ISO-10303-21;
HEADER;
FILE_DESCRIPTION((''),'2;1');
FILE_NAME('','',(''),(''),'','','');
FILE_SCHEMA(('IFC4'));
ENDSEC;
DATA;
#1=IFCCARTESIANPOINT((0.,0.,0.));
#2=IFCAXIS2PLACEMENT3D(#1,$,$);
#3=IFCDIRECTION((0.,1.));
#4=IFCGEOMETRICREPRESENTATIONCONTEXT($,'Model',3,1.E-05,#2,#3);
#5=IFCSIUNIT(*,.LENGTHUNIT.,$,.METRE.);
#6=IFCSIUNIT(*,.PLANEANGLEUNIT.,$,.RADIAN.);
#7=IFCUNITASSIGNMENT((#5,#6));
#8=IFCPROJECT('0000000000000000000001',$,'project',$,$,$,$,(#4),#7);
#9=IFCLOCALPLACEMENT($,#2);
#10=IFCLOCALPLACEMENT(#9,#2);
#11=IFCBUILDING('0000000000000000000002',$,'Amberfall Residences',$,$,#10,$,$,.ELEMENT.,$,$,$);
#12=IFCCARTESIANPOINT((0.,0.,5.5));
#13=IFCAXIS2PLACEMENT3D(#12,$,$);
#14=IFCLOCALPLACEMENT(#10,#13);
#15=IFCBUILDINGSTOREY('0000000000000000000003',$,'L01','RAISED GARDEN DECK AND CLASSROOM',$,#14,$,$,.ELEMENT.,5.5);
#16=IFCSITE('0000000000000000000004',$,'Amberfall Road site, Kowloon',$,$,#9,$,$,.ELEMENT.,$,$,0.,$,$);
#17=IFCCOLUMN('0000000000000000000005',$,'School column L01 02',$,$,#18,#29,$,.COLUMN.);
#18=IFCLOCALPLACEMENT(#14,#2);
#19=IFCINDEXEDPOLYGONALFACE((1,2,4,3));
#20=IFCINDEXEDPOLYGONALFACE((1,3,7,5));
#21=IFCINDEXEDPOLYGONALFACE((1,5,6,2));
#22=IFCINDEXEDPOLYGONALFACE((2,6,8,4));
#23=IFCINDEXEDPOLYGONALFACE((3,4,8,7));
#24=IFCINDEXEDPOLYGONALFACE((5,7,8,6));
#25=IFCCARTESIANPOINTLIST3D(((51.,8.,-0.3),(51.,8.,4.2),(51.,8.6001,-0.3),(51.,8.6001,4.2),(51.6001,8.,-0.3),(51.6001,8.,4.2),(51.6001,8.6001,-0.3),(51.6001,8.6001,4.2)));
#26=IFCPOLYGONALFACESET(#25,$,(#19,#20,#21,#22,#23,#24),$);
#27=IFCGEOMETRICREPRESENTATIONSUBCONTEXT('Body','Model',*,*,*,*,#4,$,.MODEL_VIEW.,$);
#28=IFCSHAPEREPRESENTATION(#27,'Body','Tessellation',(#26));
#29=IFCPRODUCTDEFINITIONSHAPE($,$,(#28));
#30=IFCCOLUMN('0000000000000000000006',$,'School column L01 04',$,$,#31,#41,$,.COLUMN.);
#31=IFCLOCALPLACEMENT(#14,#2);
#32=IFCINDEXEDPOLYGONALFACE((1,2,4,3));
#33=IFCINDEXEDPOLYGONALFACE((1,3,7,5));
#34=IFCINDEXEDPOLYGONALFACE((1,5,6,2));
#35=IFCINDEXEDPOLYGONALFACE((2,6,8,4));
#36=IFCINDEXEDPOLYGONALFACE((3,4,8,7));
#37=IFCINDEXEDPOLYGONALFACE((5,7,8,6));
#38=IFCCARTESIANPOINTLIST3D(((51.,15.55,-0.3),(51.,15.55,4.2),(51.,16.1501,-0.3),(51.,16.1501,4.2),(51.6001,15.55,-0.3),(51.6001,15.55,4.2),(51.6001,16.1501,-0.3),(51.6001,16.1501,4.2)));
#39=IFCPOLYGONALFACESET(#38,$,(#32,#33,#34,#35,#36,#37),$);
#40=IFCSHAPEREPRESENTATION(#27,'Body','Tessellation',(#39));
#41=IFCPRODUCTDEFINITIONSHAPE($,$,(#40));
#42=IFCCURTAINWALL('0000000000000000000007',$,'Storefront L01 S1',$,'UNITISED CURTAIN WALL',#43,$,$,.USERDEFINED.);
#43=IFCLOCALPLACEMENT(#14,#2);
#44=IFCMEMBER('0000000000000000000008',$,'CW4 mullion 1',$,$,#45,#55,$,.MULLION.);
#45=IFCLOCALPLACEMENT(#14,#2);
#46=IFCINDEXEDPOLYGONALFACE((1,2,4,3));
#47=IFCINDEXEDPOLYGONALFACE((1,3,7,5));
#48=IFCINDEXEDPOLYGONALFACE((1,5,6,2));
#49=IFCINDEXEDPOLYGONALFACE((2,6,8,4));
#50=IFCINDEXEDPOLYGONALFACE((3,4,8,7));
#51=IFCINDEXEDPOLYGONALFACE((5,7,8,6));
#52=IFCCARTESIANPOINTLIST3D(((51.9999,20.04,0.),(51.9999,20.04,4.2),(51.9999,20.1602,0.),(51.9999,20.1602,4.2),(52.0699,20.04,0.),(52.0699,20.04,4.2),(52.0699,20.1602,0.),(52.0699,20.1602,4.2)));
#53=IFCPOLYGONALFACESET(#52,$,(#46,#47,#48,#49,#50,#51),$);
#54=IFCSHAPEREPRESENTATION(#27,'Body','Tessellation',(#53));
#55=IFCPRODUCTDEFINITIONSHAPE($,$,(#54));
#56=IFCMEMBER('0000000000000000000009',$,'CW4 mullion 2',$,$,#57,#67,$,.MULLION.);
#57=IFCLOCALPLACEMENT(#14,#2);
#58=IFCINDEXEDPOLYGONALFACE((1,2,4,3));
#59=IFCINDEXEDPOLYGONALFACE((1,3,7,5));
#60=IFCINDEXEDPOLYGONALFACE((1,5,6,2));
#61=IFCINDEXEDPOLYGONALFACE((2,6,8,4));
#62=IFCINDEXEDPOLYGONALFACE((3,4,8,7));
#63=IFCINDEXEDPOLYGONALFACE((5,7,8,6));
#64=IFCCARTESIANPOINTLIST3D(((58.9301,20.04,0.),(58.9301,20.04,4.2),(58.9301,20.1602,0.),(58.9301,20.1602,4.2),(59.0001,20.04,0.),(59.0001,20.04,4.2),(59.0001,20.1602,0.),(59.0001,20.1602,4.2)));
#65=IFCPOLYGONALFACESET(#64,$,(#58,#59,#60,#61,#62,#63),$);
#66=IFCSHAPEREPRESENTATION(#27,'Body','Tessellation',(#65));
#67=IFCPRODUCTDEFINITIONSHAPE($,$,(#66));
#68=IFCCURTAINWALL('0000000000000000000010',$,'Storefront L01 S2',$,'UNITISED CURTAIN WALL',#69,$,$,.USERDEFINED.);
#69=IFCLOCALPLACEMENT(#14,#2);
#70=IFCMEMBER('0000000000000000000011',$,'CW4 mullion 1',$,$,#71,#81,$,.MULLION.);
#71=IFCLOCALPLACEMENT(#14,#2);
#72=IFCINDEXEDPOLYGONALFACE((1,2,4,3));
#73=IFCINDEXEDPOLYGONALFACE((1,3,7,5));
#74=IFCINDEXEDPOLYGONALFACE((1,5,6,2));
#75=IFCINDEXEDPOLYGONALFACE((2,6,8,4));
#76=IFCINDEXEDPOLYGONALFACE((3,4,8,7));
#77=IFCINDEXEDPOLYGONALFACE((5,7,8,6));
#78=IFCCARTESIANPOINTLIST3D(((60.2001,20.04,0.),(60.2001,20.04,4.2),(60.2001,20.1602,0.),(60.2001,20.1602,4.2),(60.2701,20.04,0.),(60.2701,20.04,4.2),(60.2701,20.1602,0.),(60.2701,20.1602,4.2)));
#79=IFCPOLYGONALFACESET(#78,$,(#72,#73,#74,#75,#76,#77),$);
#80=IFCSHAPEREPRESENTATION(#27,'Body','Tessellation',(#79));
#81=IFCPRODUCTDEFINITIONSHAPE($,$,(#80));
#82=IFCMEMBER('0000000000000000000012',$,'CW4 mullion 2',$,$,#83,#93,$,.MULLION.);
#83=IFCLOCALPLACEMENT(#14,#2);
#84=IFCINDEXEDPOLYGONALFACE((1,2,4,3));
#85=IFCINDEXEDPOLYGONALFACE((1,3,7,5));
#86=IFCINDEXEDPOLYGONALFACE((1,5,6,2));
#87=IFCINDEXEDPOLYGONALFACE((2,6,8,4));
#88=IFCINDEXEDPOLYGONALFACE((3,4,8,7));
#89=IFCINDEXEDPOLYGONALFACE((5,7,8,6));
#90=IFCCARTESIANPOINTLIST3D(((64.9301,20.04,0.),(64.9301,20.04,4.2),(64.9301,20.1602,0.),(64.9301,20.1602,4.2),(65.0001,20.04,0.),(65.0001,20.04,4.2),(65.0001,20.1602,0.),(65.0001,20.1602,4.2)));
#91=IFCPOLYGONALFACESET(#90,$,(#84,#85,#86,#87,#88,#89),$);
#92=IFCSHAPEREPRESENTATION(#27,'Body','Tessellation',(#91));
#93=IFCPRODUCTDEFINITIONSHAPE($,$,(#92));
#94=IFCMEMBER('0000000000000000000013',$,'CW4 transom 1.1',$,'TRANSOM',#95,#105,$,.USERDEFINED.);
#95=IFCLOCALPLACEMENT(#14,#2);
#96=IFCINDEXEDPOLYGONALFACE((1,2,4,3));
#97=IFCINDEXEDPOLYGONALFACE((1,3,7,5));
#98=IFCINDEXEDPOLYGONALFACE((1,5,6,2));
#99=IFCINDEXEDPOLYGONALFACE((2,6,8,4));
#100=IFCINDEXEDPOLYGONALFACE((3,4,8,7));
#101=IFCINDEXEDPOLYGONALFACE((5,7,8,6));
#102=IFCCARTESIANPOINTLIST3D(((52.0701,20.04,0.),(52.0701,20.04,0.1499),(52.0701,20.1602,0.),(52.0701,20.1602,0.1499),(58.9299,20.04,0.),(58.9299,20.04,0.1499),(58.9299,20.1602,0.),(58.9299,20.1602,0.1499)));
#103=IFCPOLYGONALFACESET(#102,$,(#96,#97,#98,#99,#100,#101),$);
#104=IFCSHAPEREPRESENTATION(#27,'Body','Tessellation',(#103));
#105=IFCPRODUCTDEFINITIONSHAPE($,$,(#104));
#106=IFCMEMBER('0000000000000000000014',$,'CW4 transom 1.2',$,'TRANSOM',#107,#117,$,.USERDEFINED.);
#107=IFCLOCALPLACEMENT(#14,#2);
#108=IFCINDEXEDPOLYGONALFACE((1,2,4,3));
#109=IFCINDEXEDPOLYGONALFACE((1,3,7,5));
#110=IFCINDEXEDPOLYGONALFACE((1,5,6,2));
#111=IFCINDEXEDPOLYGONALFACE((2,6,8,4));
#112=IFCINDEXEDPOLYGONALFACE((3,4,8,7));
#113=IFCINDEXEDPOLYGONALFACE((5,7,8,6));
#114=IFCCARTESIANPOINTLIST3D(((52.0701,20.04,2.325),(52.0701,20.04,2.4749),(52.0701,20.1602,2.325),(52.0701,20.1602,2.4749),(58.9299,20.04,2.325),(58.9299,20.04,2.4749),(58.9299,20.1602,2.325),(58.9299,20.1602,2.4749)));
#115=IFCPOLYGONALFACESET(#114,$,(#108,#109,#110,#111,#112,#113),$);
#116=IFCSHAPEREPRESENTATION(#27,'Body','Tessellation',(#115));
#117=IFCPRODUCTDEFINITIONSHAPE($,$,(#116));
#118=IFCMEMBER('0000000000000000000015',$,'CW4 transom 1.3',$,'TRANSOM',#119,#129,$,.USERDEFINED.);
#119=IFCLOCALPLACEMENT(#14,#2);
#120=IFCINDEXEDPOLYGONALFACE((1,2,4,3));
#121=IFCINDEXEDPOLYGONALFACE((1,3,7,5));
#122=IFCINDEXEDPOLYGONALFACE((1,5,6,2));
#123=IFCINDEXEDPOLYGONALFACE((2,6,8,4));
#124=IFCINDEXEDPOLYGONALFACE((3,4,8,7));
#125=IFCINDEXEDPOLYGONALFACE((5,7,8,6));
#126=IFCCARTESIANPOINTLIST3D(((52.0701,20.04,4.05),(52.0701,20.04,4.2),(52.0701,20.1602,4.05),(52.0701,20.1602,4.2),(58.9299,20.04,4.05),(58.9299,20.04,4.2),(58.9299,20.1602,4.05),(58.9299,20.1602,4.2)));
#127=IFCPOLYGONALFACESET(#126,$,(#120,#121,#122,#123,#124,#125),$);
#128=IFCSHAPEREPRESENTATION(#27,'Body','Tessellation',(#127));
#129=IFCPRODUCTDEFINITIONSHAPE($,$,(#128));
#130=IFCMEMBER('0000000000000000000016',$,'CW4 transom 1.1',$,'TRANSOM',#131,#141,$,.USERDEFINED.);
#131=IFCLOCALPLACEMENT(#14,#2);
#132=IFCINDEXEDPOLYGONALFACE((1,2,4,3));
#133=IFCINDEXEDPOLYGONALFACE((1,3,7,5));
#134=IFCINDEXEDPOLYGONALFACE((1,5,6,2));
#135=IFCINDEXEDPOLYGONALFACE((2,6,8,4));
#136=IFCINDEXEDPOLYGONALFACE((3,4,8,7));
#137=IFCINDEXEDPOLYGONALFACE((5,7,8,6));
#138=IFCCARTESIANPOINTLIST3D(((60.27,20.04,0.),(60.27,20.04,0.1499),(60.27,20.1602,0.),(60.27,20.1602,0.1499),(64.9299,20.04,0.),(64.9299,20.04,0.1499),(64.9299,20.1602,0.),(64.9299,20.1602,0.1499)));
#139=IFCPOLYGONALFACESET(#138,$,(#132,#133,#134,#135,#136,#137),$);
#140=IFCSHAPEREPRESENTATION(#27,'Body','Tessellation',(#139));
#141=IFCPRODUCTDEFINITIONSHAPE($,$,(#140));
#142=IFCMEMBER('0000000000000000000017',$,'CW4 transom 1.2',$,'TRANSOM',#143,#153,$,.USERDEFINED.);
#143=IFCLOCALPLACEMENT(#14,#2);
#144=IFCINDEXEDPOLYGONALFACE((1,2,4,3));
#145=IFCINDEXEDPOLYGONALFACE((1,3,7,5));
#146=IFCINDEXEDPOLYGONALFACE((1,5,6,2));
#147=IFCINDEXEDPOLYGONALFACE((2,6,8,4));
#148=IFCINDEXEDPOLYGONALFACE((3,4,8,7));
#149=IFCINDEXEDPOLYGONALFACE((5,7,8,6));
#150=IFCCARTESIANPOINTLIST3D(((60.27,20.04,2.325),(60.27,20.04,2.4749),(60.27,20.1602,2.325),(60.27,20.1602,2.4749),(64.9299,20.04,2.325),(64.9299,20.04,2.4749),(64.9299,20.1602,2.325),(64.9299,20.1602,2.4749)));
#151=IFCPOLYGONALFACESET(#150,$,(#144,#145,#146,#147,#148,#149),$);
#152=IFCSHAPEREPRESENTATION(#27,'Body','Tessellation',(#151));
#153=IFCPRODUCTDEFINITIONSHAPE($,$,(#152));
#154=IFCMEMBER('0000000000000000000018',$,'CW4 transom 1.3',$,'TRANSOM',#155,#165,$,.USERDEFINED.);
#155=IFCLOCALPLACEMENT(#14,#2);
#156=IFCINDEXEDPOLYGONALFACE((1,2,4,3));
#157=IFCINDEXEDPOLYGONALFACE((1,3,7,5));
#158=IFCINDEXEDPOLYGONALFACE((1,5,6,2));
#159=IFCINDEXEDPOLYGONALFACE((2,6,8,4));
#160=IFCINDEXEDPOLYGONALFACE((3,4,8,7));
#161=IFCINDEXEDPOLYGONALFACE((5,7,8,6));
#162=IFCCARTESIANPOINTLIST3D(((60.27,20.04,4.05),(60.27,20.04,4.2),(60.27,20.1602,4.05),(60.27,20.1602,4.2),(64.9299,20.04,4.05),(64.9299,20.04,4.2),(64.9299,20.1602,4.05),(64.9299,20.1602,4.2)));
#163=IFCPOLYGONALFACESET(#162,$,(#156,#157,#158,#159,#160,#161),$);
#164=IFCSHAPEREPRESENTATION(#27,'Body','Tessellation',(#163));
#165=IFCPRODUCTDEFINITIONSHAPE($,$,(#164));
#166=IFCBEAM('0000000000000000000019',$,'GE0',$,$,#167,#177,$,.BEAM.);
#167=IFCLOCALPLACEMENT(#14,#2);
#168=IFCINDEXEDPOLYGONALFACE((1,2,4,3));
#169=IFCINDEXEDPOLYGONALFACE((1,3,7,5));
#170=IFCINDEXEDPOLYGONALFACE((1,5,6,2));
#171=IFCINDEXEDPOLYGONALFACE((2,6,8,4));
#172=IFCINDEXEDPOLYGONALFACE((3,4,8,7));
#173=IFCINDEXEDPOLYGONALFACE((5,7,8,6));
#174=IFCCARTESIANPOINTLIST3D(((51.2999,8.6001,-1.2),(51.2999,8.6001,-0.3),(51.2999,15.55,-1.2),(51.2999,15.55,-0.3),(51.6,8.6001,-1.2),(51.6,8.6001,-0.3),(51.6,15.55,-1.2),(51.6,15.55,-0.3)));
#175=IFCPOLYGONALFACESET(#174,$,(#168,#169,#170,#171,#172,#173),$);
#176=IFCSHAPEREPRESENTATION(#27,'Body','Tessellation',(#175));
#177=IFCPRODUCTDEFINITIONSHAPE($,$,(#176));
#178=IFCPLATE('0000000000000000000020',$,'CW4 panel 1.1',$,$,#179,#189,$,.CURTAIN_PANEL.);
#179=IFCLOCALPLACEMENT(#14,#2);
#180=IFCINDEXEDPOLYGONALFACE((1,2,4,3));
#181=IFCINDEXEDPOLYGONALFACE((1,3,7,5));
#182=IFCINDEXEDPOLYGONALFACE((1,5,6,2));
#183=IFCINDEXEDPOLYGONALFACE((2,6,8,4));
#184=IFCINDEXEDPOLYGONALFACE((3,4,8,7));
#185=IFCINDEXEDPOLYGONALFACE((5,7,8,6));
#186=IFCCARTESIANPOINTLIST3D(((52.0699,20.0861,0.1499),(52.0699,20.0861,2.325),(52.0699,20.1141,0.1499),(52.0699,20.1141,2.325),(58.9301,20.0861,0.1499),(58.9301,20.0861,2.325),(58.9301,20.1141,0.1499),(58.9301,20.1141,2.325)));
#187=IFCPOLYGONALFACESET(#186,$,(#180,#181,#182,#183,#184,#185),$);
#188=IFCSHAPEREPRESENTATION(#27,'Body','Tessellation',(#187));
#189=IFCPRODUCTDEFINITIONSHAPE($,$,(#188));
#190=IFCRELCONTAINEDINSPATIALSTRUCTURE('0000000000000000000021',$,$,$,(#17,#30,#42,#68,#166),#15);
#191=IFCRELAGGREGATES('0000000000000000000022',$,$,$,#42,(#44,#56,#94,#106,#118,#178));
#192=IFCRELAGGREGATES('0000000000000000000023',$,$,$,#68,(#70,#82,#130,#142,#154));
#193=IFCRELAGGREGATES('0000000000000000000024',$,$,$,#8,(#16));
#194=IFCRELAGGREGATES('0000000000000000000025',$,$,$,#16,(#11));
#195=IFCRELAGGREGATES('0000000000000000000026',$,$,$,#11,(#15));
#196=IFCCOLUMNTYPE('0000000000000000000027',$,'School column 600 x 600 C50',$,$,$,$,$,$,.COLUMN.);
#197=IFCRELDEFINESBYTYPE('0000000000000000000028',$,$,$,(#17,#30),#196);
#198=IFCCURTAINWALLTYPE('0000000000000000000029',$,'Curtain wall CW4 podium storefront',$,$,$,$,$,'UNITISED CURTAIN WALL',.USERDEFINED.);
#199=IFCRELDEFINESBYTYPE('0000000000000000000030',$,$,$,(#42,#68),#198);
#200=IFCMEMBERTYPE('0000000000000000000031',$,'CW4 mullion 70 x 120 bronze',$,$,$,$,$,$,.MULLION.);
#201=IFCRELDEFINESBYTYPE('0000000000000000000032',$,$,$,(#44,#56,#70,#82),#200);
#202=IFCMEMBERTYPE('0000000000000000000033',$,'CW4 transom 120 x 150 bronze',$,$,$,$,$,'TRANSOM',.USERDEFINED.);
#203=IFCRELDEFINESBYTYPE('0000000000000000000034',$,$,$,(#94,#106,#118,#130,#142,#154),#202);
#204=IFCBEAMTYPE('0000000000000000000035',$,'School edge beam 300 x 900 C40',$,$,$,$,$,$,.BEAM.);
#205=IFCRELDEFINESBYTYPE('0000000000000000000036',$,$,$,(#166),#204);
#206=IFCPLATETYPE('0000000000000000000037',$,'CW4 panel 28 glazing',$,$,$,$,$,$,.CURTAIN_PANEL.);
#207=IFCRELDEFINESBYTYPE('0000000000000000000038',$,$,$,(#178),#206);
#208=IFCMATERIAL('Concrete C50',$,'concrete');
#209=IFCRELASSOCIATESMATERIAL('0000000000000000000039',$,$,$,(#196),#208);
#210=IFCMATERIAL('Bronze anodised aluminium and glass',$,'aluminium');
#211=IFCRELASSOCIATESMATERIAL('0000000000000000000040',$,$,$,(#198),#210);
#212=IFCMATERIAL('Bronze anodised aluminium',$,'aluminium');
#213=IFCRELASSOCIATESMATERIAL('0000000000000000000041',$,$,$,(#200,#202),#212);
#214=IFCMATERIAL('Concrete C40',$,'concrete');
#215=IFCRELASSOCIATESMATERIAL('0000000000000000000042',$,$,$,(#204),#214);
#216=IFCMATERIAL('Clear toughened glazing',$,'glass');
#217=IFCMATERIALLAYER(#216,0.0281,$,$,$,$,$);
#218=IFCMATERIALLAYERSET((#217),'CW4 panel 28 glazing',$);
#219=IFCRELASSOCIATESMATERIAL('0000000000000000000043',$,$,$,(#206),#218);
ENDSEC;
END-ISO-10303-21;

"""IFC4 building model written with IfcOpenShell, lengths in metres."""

from ifc_helpers import new_model, si_unit, direction, frame, origin, origin_2d, place, context, subcontext, project, spatial, rectangle, extrude, material, layer, layer_set, material_profile, profile_set, type_object, element, aggregate, save


model = new_model("IFC4")

# Units and contexts
model_context = context("Model", 3, precision=1e-05, world=origin(), true_north=direction((0.0, 1.0)))
body_context = subcontext(model_context, "Body", "Model", "MODEL_VIEW")
ifc_project = project(units=[si_unit("LENGTHUNIT", "METRE"), si_unit("PLANEANGLEUNIT", "RADIAN")], contexts=[model_context])

# Site, building, storey
site_placement = place(None, origin())
site = spatial("IfcSite", under=ifc_project, at=site_placement, Name="Amberfall Road site, Kowloon", CompositionType="ELEMENT", RefElevation=0.0)
building_placement = place(site_placement, origin())
building = spatial("IfcBuilding", under=site, at=building_placement, Name="Amberfall Residences", CompositionType="ELEMENT")
storey_placement = place(building_placement, frame((0.0, 0.0, 5.5)))
storey = spatial("IfcBuildingStorey", under=building, at=storey_placement, Name="L01", Description="RAISED GARDEN DECK AND CLASSROOM", CompositionType="ELEMENT", Elevation=5.5)

# Columns
ifc_material_1 = material(Name="Concrete C50", Category="concrete")
ifc_material_profile_1 = material_profile(ifc_material_1, rectangle(XDim=0.6001, YDim=0.6001, at=origin_2d()), Name="School column 600 x 600 C50")
ifc_profile_set_1 = profile_set([ifc_material_profile_1], Name="Concrete C50")
column_type = type_object("IfcColumnType", Name="School column 600 x 600 C50", PredefinedType="COLUMN", material=ifc_profile_set_1)
for number, where, z_axis, x_axis, name in (
    (1, (51.3, 8.3, -0.3), (0.0, 0.0, 1.0), (1.0, 0.0, 0.0), "School column L01 02"),
    (2, (51.3, 15.8501, -0.3), (0.0, 0.0, 1.0), (1.0, 0.0, 0.0), "School column L01 04"),
):
    element("IfcColumn", number, at=place(storey_placement, frame(where, z_axis=z_axis, x_axis=x_axis)), inside=storey, type_object=column_type, Name=name, PredefinedType="COLUMN", context=body_context, shape_type="SweptSolid", body=[
        extrude(rectangle(XDim=0.6001, YDim=0.6001, at=origin_2d()), origin(), (0.0, 0.0, 1.0), 4.5),
    ])

# Curtain walls, members
ifc_material_2 = material(Name="Bronze anodised aluminium and glass", Category="aluminium")
curtain_wall_type = type_object("IfcCurtainWallType", Name="Curtain wall CW4 podium storefront", ElementType="UNITISED CURTAIN WALL", PredefinedType="USERDEFINED", material=ifc_material_2)
curtain_wall_1_placement = place(storey_placement, origin())
curtain_wall_1 = element("IfcCurtainWall", 3, at=curtain_wall_1_placement, inside=storey, type_object=curtain_wall_type, Name="Storefront L01 S1", ObjectType="UNITISED CURTAIN WALL", PredefinedType="USERDEFINED")
ifc_material_3 = material(Name="Bronze anodised aluminium", Category="aluminium")
ifc_material_profile_2 = material_profile(ifc_material_3, rectangle(XDim=0.1201, YDim=0.0701, at=origin_2d()), Name="CW4 mullion 70 x 120 bronze")
ifc_profile_set_2 = profile_set([ifc_material_profile_2], Name="Bronze anodised aluminium")
member_type_1 = type_object("IfcMemberType", Name="CW4 mullion 70 x 120 bronze", PredefinedType="MULLION", material=ifc_profile_set_2)
member_1_placement = place(storey_placement, frame((52.0349, 20.1001, 0.0), z_axis=(0.0, 0.0, 1.0), x_axis=(0.0, 1.0, 0.0)))
member_1 = element("IfcMember", 4, at=member_1_placement, type_object=member_type_1, Name="CW4 mullion 1", PredefinedType="MULLION", context=body_context, shape_type="SweptSolid", body=[
    extrude(rectangle(XDim=0.1201, YDim=0.0701, at=origin_2d()), origin(), (0.0, 0.0, 1.0), 4.2),
])
member_2_placement = place(storey_placement, frame((58.9651, 20.1001, 0.0), z_axis=(0.0, 0.0, 1.0), x_axis=(0.0, 1.0, 0.0)))
member_2 = element("IfcMember", 5, at=member_2_placement, type_object=member_type_1, Name="CW4 mullion 2", PredefinedType="MULLION", context=body_context, shape_type="SweptSolid", body=[
    extrude(rectangle(XDim=0.1201, YDim=0.0701, at=origin_2d()), origin(), (0.0, 0.0, 1.0), 4.2),
])
curtain_wall_2_placement = place(storey_placement, origin())
curtain_wall_2 = element("IfcCurtainWall", 6, at=curtain_wall_2_placement, inside=storey, type_object=curtain_wall_type, Name="Storefront L01 S2", ObjectType="UNITISED CURTAIN WALL", PredefinedType="USERDEFINED")
member_3_placement = place(storey_placement, frame((60.2351, 20.1001, 0.0), z_axis=(0.0, 0.0, 1.0), x_axis=(0.0, 1.0, 0.0)))
member_3 = element("IfcMember", 7, at=member_3_placement, type_object=member_type_1, Name="CW4 mullion 1", PredefinedType="MULLION", context=body_context, shape_type="SweptSolid", body=[
    extrude(rectangle(XDim=0.1201, YDim=0.0701, at=origin_2d()), origin(), (0.0, 0.0, 1.0), 4.2),
])
member_4_placement = place(storey_placement, frame((64.9651, 20.1001, 0.0), z_axis=(0.0, 0.0, 1.0), x_axis=(0.0, 1.0, 0.0)))
member_4 = element("IfcMember", 8, at=member_4_placement, type_object=member_type_1, Name="CW4 mullion 2", PredefinedType="MULLION", context=body_context, shape_type="SweptSolid", body=[
    extrude(rectangle(XDim=0.1201, YDim=0.0701, at=origin_2d()), origin(), (0.0, 0.0, 1.0), 4.2),
])

# Members
ifc_material_profile_3 = material_profile(ifc_material_3, rectangle(XDim=0.1201, YDim=0.1499, at=origin_2d()), Name="CW4 transom 120 x 150 bronze")
ifc_profile_set_3 = profile_set([ifc_material_profile_3], Name="Bronze anodised aluminium")
member_type_2 = type_object("IfcMemberType", Name="CW4 transom 120 x 150 bronze", ElementType="TRANSOM", PredefinedType="USERDEFINED", material=ifc_profile_set_3)
member_5_placement = place(storey_placement, frame((52.0701, 20.1001, 0.075), z_axis=(1.0, 0.0, 0.0), x_axis=(0.0, 1.0, 0.0)))
member_5 = element("IfcMember", 9, at=member_5_placement, type_object=member_type_2, Name="CW4 transom 1.1", ObjectType="TRANSOM", PredefinedType="USERDEFINED", context=body_context, shape_type="SweptSolid", body=[
    extrude(rectangle(XDim=0.1201, YDim=0.1499, at=origin_2d()), origin(), (0.0, 0.0, 1.0), 6.8599),
])
member_6_placement = place(storey_placement, frame((52.0701, 20.1001, 2.3999), z_axis=(1.0, 0.0, 0.0), x_axis=(0.0, 1.0, 0.0)))
member_6 = element("IfcMember", 10, at=member_6_placement, type_object=member_type_2, Name="CW4 transom 1.2", ObjectType="TRANSOM", PredefinedType="USERDEFINED", context=body_context, shape_type="SweptSolid", body=[
    extrude(rectangle(XDim=0.1201, YDim=0.1499, at=origin_2d()), origin(), (0.0, 0.0, 1.0), 6.8599),
])
member_7_placement = place(storey_placement, frame((52.0701, 20.1001, 4.125), z_axis=(1.0, 0.0, 0.0), x_axis=(0.0, 1.0, 0.0)))
member_7 = element("IfcMember", 11, at=member_7_placement, type_object=member_type_2, Name="CW4 transom 1.3", ObjectType="TRANSOM", PredefinedType="USERDEFINED", context=body_context, shape_type="SweptSolid", body=[
    extrude(rectangle(XDim=0.1201, YDim=0.1499, at=origin_2d()), origin(), (0.0, 0.0, 1.0), 6.8599),
])
member_8_placement = place(storey_placement, frame((60.27, 20.1001, 0.075), z_axis=(1.0, 0.0, 0.0), x_axis=(0.0, 1.0, 0.0)))
member_8 = element("IfcMember", 12, at=member_8_placement, type_object=member_type_2, Name="CW4 transom 1.1", ObjectType="TRANSOM", PredefinedType="USERDEFINED", context=body_context, shape_type="SweptSolid", body=[
    extrude(rectangle(XDim=0.1201, YDim=0.1499, at=origin_2d()), origin(), (0.0, 0.0, 1.0), 4.6599),
])
member_9_placement = place(storey_placement, frame((60.27, 20.1001, 2.3999), z_axis=(1.0, 0.0, 0.0), x_axis=(0.0, 1.0, 0.0)))
member_9 = element("IfcMember", 13, at=member_9_placement, type_object=member_type_2, Name="CW4 transom 1.2", ObjectType="TRANSOM", PredefinedType="USERDEFINED", context=body_context, shape_type="SweptSolid", body=[
    extrude(rectangle(XDim=0.1201, YDim=0.1499, at=origin_2d()), origin(), (0.0, 0.0, 1.0), 4.6599),
])
member_10_placement = place(storey_placement, frame((60.27, 20.1001, 4.125), z_axis=(1.0, 0.0, 0.0), x_axis=(0.0, 1.0, 0.0)))
member_10 = element("IfcMember", 14, at=member_10_placement, type_object=member_type_2, Name="CW4 transom 1.3", ObjectType="TRANSOM", PredefinedType="USERDEFINED", context=body_context, shape_type="SweptSolid", body=[
    extrude(rectangle(XDim=0.1201, YDim=0.1499, at=origin_2d()), origin(), (0.0, 0.0, 1.0), 4.6599),
])

# Beam
ifc_material_4 = material(Name="Concrete C40", Category="concrete")
ifc_material_profile_4 = material_profile(ifc_material_4, rectangle(XDim=0.3, YDim=0.8999, at=origin_2d()), Name="School edge beam 300 x 900 C40")
ifc_profile_set_4 = profile_set([ifc_material_profile_4], Name="Concrete C40")
beam_type = type_object("IfcBeamType", Name="School edge beam 300 x 900 C40", PredefinedType="BEAM", material=ifc_profile_set_4)
beam_placement = place(storey_placement, frame((51.45, 8.6001, -0.75), z_axis=(0.0, 1.0, 0.0), x_axis=(-1.0, 0.0, 0.0)))
element("IfcBeam", 15, at=beam_placement, inside=storey, type_object=beam_type, Name="GE0", PredefinedType="BEAM", context=body_context, shape_type="SweptSolid", body=[
    extrude(rectangle(XDim=0.3, YDim=0.8999, at=origin_2d()), origin(), (0.0, 0.0, 1.0), 6.95),
])

# Plate
ifc_material_5 = material(Name="Clear toughened glazing", Category="glass")
ifc_layer_1 = layer(ifc_material_5, 0.0281)
ifc_layer_set_1 = layer_set([ifc_layer_1], Name="CW4 panel 28 glazing")
plate_type = type_object("IfcPlateType", Name="CW4 panel 28 glazing", PredefinedType="CURTAIN_PANEL", material=ifc_layer_set_1)
plate_1_placement = place(storey_placement, frame((55.5, 20.1001, 0.1499), z_axis=(0.0, 0.0, 1.0), x_axis=(1.0, 0.0, 0.0)))
plate_1 = element("IfcPlate", 16, at=plate_1_placement, type_object=plate_type, Name="CW4 panel 1.1", PredefinedType="CURTAIN_PANEL", context=body_context, shape_type="SweptSolid", body=[
    extrude(rectangle(XDim=6.8601, YDim=0.0281, at=origin_2d()), origin(), (0.0, 0.0, 1.0), 2.175),
])
aggregate(curtain_wall_1, [member_1, member_2, member_5, member_6, member_7, plate_1])
aggregate(curtain_wall_2, [member_3, member_4, member_8, member_9, member_10])

save(model, "model.ifc")
